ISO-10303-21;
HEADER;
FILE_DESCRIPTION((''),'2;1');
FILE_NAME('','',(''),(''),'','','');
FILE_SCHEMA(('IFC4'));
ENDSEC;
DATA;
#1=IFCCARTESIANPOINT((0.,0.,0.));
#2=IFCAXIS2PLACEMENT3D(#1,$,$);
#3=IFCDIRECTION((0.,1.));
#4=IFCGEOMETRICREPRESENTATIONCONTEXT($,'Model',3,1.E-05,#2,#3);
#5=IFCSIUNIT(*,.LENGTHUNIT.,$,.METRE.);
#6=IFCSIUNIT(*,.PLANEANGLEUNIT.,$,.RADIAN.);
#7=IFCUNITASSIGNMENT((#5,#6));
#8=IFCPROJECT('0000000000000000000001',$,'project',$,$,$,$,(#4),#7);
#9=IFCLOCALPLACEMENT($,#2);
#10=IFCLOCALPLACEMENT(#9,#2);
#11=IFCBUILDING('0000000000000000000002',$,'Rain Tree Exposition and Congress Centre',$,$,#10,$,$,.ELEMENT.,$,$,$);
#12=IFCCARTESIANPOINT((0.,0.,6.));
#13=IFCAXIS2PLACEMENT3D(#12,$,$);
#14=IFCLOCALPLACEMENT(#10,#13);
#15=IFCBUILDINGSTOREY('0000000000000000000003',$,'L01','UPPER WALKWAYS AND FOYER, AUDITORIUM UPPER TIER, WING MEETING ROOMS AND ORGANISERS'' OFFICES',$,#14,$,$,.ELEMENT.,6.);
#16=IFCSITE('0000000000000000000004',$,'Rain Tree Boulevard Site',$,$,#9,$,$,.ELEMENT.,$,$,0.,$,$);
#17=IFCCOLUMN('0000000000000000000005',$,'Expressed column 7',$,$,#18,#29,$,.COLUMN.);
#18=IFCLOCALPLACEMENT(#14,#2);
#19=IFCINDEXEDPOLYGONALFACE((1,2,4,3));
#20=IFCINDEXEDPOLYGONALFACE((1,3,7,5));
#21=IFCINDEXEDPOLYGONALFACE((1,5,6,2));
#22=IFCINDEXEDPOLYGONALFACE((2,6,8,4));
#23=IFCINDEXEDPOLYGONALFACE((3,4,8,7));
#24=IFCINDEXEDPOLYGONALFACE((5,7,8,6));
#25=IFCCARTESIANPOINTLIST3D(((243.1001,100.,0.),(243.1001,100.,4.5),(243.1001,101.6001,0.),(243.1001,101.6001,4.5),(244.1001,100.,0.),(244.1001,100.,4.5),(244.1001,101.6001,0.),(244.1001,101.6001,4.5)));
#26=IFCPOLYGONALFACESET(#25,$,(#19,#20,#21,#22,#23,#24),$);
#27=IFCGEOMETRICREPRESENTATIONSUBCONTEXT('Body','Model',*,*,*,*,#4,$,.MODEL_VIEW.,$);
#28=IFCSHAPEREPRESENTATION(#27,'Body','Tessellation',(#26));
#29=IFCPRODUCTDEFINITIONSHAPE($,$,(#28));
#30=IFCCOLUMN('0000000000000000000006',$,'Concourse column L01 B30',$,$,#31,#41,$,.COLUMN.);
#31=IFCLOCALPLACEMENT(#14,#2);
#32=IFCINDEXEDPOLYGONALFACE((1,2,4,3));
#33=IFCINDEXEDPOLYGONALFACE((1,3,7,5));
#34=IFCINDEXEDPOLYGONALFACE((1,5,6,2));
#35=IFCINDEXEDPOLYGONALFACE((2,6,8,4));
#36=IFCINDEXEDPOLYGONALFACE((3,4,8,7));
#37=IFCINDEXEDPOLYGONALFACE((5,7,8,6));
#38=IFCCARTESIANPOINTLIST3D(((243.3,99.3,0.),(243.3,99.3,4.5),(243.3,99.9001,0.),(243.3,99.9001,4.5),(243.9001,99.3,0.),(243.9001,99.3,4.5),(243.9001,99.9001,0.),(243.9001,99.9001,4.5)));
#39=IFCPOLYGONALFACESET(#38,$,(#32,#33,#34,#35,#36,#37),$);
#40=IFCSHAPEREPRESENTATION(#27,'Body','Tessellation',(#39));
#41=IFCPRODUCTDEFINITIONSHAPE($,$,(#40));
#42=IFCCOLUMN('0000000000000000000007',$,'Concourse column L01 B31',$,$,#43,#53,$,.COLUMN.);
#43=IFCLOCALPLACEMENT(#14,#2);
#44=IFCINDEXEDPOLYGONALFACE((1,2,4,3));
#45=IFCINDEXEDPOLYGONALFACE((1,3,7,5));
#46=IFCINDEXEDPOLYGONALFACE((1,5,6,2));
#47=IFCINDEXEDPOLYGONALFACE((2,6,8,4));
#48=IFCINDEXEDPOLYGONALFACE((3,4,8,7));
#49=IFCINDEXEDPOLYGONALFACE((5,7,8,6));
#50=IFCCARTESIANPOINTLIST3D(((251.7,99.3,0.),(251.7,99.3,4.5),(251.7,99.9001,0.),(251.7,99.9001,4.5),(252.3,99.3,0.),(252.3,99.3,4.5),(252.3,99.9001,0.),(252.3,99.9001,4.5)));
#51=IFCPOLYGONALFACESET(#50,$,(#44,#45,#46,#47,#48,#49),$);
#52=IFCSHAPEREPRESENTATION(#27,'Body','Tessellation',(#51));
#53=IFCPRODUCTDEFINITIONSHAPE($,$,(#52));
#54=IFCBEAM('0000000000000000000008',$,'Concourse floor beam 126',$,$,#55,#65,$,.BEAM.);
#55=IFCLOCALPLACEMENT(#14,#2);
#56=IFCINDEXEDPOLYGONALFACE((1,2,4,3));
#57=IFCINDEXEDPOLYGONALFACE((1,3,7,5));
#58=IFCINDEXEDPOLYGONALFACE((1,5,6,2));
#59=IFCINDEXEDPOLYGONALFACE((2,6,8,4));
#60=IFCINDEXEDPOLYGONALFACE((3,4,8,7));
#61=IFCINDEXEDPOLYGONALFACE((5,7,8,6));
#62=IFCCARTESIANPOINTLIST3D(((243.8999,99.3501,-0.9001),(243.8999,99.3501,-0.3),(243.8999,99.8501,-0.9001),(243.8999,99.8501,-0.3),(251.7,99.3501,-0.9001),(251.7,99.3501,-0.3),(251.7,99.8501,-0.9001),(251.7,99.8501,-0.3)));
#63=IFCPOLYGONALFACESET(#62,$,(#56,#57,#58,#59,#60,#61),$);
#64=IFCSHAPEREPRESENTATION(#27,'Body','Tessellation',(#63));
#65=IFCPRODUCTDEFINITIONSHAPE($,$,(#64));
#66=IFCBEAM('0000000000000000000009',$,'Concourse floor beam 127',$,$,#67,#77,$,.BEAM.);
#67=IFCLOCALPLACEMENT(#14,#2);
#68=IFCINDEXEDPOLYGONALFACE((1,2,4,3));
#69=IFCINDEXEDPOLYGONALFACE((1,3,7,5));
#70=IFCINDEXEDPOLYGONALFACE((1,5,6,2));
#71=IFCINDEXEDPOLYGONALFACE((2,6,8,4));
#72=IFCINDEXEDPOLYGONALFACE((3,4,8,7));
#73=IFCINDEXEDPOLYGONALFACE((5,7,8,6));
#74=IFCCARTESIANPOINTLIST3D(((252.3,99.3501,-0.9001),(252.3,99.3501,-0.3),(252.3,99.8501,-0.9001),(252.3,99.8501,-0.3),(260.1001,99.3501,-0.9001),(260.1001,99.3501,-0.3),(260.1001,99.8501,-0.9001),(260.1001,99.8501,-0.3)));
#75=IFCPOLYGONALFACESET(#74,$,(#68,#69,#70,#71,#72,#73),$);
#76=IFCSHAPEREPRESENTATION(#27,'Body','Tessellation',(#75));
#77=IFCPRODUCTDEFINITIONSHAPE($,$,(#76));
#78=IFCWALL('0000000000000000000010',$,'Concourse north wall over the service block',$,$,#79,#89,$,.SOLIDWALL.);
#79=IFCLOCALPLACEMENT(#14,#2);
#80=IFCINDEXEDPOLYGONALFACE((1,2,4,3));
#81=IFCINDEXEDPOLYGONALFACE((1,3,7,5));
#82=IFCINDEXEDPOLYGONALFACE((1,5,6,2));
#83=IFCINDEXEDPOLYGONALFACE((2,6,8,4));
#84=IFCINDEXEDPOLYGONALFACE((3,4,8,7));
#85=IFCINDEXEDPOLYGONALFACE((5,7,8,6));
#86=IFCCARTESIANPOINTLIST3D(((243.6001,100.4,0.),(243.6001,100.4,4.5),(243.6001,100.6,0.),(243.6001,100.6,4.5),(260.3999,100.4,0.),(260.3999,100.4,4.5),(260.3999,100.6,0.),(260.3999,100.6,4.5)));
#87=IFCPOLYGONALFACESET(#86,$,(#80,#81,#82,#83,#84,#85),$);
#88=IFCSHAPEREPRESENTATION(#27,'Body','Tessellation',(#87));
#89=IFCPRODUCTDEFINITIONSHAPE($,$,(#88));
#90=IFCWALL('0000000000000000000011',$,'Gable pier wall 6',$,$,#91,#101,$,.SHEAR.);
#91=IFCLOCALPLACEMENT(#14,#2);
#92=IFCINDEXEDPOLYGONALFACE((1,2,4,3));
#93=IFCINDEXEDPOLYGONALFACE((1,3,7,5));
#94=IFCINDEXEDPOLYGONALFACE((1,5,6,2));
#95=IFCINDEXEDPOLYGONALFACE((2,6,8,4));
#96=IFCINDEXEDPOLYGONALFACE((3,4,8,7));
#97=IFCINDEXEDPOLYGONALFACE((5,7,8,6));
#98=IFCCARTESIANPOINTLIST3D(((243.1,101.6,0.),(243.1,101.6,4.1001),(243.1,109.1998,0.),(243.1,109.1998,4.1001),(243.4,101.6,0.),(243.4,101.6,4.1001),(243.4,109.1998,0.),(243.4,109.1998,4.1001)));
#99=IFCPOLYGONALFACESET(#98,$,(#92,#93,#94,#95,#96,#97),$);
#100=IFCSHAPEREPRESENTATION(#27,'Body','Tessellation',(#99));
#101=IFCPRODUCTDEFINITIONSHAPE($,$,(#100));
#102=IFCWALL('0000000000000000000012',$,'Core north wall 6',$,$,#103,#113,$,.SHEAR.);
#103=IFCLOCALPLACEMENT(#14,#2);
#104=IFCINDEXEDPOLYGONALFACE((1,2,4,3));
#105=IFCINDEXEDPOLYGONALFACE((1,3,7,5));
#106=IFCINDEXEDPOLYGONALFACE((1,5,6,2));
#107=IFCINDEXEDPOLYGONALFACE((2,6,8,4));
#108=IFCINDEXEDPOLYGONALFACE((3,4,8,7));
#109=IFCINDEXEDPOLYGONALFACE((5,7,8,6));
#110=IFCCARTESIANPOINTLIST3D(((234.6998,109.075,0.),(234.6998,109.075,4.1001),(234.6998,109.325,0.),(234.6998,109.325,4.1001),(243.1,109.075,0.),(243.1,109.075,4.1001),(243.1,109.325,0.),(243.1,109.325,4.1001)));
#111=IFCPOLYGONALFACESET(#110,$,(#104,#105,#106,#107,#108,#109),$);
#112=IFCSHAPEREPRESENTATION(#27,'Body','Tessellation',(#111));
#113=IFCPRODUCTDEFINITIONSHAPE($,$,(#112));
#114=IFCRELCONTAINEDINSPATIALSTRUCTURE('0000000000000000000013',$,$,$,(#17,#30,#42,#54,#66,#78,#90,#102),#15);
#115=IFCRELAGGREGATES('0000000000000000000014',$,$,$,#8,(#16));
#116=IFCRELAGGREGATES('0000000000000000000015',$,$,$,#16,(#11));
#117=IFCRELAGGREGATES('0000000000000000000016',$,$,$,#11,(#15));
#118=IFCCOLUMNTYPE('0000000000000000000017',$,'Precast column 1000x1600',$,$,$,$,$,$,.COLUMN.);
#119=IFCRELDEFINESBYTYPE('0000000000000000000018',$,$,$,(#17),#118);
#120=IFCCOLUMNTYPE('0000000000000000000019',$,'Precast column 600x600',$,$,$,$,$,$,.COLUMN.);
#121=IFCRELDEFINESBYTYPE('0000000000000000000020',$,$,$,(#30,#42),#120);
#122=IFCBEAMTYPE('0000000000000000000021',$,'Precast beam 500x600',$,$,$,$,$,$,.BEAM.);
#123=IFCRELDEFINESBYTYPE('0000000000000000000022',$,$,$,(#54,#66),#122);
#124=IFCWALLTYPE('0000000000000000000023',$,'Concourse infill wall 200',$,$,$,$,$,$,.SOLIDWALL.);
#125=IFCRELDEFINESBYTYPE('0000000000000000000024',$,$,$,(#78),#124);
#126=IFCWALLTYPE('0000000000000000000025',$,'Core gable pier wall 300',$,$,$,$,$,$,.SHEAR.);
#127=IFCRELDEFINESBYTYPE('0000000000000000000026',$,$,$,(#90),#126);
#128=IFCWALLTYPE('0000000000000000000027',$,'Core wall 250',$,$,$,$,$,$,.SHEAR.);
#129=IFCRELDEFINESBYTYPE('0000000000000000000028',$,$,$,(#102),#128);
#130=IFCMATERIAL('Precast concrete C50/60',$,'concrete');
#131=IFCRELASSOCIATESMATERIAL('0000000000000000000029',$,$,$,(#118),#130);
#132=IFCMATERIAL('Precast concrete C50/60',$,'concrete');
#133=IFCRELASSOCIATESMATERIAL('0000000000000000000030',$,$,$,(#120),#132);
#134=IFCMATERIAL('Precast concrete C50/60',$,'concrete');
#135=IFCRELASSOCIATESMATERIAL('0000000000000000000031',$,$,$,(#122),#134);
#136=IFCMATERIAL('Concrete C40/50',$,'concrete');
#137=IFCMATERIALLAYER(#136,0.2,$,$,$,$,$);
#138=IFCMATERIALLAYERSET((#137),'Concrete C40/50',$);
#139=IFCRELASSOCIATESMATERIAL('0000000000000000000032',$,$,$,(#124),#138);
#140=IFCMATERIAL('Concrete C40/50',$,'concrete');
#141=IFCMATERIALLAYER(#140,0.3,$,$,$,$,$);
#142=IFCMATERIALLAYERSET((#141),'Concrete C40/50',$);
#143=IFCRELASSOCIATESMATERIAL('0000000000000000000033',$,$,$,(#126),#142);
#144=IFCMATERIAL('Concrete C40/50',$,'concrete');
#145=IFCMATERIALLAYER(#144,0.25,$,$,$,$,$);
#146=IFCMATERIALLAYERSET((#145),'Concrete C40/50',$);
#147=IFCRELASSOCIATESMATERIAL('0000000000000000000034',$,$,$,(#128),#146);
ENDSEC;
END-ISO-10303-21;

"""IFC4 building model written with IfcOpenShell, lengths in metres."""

from ifc_helpers import new_model, si_unit, direction, frame, frame_2d, origin, origin_2d, place, context, subcontext, project, spatial, rectangle, extrude, material, layer, layer_set, material_profile, profile_set, type_object, element, save


model = new_model("IFC4")

# Units and contexts
model_context = context("Model", 3, precision=1e-05, world=origin(), true_north=direction((0.0, 1.0)))
body_context = subcontext(model_context, "Body", "Model", "MODEL_VIEW")
ifc_project = project(units=[si_unit("LENGTHUNIT", "METRE"), si_unit("PLANEANGLEUNIT", "RADIAN")], contexts=[model_context])

# Site, building, storey
site_placement = place(None, origin())
site = spatial("IfcSite", under=ifc_project, at=site_placement, Name="Rain Tree Boulevard Site", CompositionType="ELEMENT", RefElevation=0.0)
building_placement = place(site_placement, origin())
building = spatial("IfcBuilding", under=site, at=building_placement, Name="Rain Tree Exposition and Congress Centre", CompositionType="ELEMENT")
storey_placement = place(building_placement, frame((0.0, 0.0, 6.0)))
storey = spatial("IfcBuildingStorey", under=building, at=storey_placement, Name="L01", Description="UPPER WALKWAYS AND FOYER, AUDITORIUM UPPER TIER, WING MEETING ROOMS AND ORGANISERS' OFFICES", CompositionType="ELEMENT", Elevation=6.0)

# Columns
ifc_material_1 = material(Name="Precast concrete C50/60", Category="concrete")
ifc_material_profile_1 = material_profile(ifc_material_1, rectangle(XDim=1.0, YDim=1.6001, at=origin_2d()), Name="RC 1000x1600")
ifc_profile_set_1 = profile_set([ifc_material_profile_1], Name="Precast concrete C50/60")
column_type_1 = type_object("IfcColumnType", Name="Precast column 1000x1600", PredefinedType="COLUMN", material=ifc_profile_set_1)
column_placement = place(storey_placement, frame((243.6001, 100.8, 0.0), z_axis=(0.0, 0.0, 1.0), x_axis=(1.0, 0.0, 0.0)))
element("IfcColumn", 1, at=column_placement, inside=storey, type_object=column_type_1, Name="Expressed column 7", PredefinedType="COLUMN", context=body_context, shape_type="SweptSolid", body=[
    extrude(rectangle(XDim=1.0, YDim=1.6001, at=origin_2d()), origin(), (0.0, 0.0, 1.0), 4.5),
])
ifc_material_2 = material(Name="Precast concrete C50/60", Category="concrete")
ifc_material_profile_2 = material_profile(ifc_material_2, rectangle(XDim=0.6001, YDim=0.6001, at=origin_2d()), Name="RC 600x600")
ifc_profile_set_2 = profile_set([ifc_material_profile_2], Name="Precast concrete C50/60")
column_type_2 = type_object("IfcColumnType", Name="Precast column 600x600", PredefinedType="COLUMN", material=ifc_profile_set_2)
for number, where, z_axis, x_axis, name in (
    (2, (243.6001, 99.6001, 0.0), (0.0, 0.0, 1.0), (1.0, 0.0, 0.0), "Concourse column L01 B30"),
    (3, (252.0, 99.6001, 0.0), (0.0, 0.0, 1.0), (1.0, 0.0, 0.0), "Concourse column L01 B31"),
):
    element("IfcColumn", number, at=place(storey_placement, frame(where, z_axis=z_axis, x_axis=x_axis)), inside=storey, type_object=column_type_2, Name=name, PredefinedType="COLUMN", context=body_context, shape_type="SweptSolid", body=[
        extrude(rectangle(XDim=0.6001, YDim=0.6001, at=origin_2d()), origin(), (0.0, 0.0, 1.0), 4.5),
    ])

# Beams
ifc_material_3 = material(Name="Precast concrete C50/60", Category="concrete")
ifc_material_profile_3 = material_profile(ifc_material_3, rectangle(XDim=0.5, YDim=0.6001, at=origin_2d()), Name="RC 500x600")
ifc_profile_set_3 = profile_set([ifc_material_profile_3], Name="Precast concrete C50/60")
beam_type = type_object("IfcBeamType", Name="Precast beam 500x600", PredefinedType="BEAM", material=ifc_profile_set_3)
for number, where, z_axis, x_axis, name in (
    (4, (243.8999, 99.6001, -0.6001), (1.0, 0.0, 0.0), (0.0, 1.0, 0.0), "Concourse floor beam 126"),
    (5, (252.3, 99.6001, -0.6001), (1.0, 0.0, 0.0), (0.0, 1.0, 0.0), "Concourse floor beam 127"),
):
    element("IfcBeam", number, at=place(storey_placement, frame(where, z_axis=z_axis, x_axis=x_axis)), inside=storey, type_object=beam_type, Name=name, PredefinedType="BEAM", context=body_context, shape_type="SweptSolid", body=[
        extrude(rectangle(XDim=0.5, YDim=0.6001, at=origin_2d()), origin(), (0.0, 0.0, 1.0), 7.8),
    ])

# Walls
ifc_material_4 = material(Name="Concrete C40/50", Category="concrete")
ifc_layer_1 = layer(ifc_material_4, 0.2)
ifc_layer_set_1 = layer_set([ifc_layer_1], Name="Concrete C40/50")
wall_type_1 = type_object("IfcWallType", Name="Concourse infill wall 200", PredefinedType="SOLIDWALL", material=ifc_layer_set_1)
wall_1_placement = place(storey_placement, frame((243.6001, 100.5, 0.0), z_axis=(0.0, 0.0, 1.0), x_axis=(1.0, 0.0, 0.0)))
element("IfcWall", 6, at=wall_1_placement, inside=storey, type_object=wall_type_1, Name="Concourse north wall over the service block", PredefinedType="SOLIDWALL", context=body_context, shape_type="SweptSolid", body=[
    extrude(rectangle(XDim=16.7998, YDim=0.2, at=frame_2d((8.3999, 0.0))), origin(), (0.0, 0.0, 1.0), 4.5),
])
ifc_material_5 = material(Name="Concrete C40/50", Category="concrete")
ifc_layer_2 = layer(ifc_material_5, 0.3)
ifc_layer_set_2 = layer_set([ifc_layer_2], Name="Concrete C40/50")
wall_type_2 = type_object("IfcWallType", Name="Core gable pier wall 300", PredefinedType="SHEAR", material=ifc_layer_set_2)
wall_2_placement = place(storey_placement, frame((243.25, 101.6001, 0.0), z_axis=(0.0, 0.0, 1.0), x_axis=(0.0, 1.0, 0.0)))
element("IfcWall", 7, at=wall_2_placement, inside=storey, type_object=wall_type_2, Name="Gable pier wall 6", PredefinedType="SHEAR", context=body_context, shape_type="SweptSolid", body=[
    extrude(rectangle(XDim=7.5999, YDim=0.3, at=frame_2d((3.7998, 0.0))), origin(), (0.0, 0.0, 1.0), 4.1001),
])
ifc_material_6 = material(Name="Concrete C40/50", Category="concrete")
ifc_layer_3 = layer(ifc_material_6, 0.25)
ifc_layer_set_3 = layer_set([ifc_layer_3], Name="Concrete C40/50")
wall_type_3 = type_object("IfcWallType", Name="Core wall 250", PredefinedType="SHEAR", material=ifc_layer_set_3)
wall_3_placement = place(storey_placement, frame((243.1001, 109.2, 0.0), z_axis=(0.0, 0.0, 1.0), x_axis=(-1.0, 0.0, 0.0)))
element("IfcWall", 8, at=wall_3_placement, inside=storey, type_object=wall_type_3, Name="Core north wall 6", PredefinedType="SHEAR", context=body_context, shape_type="SweptSolid", body=[
    extrude(rectangle(XDim=8.4001, YDim=0.25, at=frame_2d((4.2002, 0.0))), origin(), (0.0, 0.0, 1.0), 4.1001),
])

save(model, "model.ifc")
